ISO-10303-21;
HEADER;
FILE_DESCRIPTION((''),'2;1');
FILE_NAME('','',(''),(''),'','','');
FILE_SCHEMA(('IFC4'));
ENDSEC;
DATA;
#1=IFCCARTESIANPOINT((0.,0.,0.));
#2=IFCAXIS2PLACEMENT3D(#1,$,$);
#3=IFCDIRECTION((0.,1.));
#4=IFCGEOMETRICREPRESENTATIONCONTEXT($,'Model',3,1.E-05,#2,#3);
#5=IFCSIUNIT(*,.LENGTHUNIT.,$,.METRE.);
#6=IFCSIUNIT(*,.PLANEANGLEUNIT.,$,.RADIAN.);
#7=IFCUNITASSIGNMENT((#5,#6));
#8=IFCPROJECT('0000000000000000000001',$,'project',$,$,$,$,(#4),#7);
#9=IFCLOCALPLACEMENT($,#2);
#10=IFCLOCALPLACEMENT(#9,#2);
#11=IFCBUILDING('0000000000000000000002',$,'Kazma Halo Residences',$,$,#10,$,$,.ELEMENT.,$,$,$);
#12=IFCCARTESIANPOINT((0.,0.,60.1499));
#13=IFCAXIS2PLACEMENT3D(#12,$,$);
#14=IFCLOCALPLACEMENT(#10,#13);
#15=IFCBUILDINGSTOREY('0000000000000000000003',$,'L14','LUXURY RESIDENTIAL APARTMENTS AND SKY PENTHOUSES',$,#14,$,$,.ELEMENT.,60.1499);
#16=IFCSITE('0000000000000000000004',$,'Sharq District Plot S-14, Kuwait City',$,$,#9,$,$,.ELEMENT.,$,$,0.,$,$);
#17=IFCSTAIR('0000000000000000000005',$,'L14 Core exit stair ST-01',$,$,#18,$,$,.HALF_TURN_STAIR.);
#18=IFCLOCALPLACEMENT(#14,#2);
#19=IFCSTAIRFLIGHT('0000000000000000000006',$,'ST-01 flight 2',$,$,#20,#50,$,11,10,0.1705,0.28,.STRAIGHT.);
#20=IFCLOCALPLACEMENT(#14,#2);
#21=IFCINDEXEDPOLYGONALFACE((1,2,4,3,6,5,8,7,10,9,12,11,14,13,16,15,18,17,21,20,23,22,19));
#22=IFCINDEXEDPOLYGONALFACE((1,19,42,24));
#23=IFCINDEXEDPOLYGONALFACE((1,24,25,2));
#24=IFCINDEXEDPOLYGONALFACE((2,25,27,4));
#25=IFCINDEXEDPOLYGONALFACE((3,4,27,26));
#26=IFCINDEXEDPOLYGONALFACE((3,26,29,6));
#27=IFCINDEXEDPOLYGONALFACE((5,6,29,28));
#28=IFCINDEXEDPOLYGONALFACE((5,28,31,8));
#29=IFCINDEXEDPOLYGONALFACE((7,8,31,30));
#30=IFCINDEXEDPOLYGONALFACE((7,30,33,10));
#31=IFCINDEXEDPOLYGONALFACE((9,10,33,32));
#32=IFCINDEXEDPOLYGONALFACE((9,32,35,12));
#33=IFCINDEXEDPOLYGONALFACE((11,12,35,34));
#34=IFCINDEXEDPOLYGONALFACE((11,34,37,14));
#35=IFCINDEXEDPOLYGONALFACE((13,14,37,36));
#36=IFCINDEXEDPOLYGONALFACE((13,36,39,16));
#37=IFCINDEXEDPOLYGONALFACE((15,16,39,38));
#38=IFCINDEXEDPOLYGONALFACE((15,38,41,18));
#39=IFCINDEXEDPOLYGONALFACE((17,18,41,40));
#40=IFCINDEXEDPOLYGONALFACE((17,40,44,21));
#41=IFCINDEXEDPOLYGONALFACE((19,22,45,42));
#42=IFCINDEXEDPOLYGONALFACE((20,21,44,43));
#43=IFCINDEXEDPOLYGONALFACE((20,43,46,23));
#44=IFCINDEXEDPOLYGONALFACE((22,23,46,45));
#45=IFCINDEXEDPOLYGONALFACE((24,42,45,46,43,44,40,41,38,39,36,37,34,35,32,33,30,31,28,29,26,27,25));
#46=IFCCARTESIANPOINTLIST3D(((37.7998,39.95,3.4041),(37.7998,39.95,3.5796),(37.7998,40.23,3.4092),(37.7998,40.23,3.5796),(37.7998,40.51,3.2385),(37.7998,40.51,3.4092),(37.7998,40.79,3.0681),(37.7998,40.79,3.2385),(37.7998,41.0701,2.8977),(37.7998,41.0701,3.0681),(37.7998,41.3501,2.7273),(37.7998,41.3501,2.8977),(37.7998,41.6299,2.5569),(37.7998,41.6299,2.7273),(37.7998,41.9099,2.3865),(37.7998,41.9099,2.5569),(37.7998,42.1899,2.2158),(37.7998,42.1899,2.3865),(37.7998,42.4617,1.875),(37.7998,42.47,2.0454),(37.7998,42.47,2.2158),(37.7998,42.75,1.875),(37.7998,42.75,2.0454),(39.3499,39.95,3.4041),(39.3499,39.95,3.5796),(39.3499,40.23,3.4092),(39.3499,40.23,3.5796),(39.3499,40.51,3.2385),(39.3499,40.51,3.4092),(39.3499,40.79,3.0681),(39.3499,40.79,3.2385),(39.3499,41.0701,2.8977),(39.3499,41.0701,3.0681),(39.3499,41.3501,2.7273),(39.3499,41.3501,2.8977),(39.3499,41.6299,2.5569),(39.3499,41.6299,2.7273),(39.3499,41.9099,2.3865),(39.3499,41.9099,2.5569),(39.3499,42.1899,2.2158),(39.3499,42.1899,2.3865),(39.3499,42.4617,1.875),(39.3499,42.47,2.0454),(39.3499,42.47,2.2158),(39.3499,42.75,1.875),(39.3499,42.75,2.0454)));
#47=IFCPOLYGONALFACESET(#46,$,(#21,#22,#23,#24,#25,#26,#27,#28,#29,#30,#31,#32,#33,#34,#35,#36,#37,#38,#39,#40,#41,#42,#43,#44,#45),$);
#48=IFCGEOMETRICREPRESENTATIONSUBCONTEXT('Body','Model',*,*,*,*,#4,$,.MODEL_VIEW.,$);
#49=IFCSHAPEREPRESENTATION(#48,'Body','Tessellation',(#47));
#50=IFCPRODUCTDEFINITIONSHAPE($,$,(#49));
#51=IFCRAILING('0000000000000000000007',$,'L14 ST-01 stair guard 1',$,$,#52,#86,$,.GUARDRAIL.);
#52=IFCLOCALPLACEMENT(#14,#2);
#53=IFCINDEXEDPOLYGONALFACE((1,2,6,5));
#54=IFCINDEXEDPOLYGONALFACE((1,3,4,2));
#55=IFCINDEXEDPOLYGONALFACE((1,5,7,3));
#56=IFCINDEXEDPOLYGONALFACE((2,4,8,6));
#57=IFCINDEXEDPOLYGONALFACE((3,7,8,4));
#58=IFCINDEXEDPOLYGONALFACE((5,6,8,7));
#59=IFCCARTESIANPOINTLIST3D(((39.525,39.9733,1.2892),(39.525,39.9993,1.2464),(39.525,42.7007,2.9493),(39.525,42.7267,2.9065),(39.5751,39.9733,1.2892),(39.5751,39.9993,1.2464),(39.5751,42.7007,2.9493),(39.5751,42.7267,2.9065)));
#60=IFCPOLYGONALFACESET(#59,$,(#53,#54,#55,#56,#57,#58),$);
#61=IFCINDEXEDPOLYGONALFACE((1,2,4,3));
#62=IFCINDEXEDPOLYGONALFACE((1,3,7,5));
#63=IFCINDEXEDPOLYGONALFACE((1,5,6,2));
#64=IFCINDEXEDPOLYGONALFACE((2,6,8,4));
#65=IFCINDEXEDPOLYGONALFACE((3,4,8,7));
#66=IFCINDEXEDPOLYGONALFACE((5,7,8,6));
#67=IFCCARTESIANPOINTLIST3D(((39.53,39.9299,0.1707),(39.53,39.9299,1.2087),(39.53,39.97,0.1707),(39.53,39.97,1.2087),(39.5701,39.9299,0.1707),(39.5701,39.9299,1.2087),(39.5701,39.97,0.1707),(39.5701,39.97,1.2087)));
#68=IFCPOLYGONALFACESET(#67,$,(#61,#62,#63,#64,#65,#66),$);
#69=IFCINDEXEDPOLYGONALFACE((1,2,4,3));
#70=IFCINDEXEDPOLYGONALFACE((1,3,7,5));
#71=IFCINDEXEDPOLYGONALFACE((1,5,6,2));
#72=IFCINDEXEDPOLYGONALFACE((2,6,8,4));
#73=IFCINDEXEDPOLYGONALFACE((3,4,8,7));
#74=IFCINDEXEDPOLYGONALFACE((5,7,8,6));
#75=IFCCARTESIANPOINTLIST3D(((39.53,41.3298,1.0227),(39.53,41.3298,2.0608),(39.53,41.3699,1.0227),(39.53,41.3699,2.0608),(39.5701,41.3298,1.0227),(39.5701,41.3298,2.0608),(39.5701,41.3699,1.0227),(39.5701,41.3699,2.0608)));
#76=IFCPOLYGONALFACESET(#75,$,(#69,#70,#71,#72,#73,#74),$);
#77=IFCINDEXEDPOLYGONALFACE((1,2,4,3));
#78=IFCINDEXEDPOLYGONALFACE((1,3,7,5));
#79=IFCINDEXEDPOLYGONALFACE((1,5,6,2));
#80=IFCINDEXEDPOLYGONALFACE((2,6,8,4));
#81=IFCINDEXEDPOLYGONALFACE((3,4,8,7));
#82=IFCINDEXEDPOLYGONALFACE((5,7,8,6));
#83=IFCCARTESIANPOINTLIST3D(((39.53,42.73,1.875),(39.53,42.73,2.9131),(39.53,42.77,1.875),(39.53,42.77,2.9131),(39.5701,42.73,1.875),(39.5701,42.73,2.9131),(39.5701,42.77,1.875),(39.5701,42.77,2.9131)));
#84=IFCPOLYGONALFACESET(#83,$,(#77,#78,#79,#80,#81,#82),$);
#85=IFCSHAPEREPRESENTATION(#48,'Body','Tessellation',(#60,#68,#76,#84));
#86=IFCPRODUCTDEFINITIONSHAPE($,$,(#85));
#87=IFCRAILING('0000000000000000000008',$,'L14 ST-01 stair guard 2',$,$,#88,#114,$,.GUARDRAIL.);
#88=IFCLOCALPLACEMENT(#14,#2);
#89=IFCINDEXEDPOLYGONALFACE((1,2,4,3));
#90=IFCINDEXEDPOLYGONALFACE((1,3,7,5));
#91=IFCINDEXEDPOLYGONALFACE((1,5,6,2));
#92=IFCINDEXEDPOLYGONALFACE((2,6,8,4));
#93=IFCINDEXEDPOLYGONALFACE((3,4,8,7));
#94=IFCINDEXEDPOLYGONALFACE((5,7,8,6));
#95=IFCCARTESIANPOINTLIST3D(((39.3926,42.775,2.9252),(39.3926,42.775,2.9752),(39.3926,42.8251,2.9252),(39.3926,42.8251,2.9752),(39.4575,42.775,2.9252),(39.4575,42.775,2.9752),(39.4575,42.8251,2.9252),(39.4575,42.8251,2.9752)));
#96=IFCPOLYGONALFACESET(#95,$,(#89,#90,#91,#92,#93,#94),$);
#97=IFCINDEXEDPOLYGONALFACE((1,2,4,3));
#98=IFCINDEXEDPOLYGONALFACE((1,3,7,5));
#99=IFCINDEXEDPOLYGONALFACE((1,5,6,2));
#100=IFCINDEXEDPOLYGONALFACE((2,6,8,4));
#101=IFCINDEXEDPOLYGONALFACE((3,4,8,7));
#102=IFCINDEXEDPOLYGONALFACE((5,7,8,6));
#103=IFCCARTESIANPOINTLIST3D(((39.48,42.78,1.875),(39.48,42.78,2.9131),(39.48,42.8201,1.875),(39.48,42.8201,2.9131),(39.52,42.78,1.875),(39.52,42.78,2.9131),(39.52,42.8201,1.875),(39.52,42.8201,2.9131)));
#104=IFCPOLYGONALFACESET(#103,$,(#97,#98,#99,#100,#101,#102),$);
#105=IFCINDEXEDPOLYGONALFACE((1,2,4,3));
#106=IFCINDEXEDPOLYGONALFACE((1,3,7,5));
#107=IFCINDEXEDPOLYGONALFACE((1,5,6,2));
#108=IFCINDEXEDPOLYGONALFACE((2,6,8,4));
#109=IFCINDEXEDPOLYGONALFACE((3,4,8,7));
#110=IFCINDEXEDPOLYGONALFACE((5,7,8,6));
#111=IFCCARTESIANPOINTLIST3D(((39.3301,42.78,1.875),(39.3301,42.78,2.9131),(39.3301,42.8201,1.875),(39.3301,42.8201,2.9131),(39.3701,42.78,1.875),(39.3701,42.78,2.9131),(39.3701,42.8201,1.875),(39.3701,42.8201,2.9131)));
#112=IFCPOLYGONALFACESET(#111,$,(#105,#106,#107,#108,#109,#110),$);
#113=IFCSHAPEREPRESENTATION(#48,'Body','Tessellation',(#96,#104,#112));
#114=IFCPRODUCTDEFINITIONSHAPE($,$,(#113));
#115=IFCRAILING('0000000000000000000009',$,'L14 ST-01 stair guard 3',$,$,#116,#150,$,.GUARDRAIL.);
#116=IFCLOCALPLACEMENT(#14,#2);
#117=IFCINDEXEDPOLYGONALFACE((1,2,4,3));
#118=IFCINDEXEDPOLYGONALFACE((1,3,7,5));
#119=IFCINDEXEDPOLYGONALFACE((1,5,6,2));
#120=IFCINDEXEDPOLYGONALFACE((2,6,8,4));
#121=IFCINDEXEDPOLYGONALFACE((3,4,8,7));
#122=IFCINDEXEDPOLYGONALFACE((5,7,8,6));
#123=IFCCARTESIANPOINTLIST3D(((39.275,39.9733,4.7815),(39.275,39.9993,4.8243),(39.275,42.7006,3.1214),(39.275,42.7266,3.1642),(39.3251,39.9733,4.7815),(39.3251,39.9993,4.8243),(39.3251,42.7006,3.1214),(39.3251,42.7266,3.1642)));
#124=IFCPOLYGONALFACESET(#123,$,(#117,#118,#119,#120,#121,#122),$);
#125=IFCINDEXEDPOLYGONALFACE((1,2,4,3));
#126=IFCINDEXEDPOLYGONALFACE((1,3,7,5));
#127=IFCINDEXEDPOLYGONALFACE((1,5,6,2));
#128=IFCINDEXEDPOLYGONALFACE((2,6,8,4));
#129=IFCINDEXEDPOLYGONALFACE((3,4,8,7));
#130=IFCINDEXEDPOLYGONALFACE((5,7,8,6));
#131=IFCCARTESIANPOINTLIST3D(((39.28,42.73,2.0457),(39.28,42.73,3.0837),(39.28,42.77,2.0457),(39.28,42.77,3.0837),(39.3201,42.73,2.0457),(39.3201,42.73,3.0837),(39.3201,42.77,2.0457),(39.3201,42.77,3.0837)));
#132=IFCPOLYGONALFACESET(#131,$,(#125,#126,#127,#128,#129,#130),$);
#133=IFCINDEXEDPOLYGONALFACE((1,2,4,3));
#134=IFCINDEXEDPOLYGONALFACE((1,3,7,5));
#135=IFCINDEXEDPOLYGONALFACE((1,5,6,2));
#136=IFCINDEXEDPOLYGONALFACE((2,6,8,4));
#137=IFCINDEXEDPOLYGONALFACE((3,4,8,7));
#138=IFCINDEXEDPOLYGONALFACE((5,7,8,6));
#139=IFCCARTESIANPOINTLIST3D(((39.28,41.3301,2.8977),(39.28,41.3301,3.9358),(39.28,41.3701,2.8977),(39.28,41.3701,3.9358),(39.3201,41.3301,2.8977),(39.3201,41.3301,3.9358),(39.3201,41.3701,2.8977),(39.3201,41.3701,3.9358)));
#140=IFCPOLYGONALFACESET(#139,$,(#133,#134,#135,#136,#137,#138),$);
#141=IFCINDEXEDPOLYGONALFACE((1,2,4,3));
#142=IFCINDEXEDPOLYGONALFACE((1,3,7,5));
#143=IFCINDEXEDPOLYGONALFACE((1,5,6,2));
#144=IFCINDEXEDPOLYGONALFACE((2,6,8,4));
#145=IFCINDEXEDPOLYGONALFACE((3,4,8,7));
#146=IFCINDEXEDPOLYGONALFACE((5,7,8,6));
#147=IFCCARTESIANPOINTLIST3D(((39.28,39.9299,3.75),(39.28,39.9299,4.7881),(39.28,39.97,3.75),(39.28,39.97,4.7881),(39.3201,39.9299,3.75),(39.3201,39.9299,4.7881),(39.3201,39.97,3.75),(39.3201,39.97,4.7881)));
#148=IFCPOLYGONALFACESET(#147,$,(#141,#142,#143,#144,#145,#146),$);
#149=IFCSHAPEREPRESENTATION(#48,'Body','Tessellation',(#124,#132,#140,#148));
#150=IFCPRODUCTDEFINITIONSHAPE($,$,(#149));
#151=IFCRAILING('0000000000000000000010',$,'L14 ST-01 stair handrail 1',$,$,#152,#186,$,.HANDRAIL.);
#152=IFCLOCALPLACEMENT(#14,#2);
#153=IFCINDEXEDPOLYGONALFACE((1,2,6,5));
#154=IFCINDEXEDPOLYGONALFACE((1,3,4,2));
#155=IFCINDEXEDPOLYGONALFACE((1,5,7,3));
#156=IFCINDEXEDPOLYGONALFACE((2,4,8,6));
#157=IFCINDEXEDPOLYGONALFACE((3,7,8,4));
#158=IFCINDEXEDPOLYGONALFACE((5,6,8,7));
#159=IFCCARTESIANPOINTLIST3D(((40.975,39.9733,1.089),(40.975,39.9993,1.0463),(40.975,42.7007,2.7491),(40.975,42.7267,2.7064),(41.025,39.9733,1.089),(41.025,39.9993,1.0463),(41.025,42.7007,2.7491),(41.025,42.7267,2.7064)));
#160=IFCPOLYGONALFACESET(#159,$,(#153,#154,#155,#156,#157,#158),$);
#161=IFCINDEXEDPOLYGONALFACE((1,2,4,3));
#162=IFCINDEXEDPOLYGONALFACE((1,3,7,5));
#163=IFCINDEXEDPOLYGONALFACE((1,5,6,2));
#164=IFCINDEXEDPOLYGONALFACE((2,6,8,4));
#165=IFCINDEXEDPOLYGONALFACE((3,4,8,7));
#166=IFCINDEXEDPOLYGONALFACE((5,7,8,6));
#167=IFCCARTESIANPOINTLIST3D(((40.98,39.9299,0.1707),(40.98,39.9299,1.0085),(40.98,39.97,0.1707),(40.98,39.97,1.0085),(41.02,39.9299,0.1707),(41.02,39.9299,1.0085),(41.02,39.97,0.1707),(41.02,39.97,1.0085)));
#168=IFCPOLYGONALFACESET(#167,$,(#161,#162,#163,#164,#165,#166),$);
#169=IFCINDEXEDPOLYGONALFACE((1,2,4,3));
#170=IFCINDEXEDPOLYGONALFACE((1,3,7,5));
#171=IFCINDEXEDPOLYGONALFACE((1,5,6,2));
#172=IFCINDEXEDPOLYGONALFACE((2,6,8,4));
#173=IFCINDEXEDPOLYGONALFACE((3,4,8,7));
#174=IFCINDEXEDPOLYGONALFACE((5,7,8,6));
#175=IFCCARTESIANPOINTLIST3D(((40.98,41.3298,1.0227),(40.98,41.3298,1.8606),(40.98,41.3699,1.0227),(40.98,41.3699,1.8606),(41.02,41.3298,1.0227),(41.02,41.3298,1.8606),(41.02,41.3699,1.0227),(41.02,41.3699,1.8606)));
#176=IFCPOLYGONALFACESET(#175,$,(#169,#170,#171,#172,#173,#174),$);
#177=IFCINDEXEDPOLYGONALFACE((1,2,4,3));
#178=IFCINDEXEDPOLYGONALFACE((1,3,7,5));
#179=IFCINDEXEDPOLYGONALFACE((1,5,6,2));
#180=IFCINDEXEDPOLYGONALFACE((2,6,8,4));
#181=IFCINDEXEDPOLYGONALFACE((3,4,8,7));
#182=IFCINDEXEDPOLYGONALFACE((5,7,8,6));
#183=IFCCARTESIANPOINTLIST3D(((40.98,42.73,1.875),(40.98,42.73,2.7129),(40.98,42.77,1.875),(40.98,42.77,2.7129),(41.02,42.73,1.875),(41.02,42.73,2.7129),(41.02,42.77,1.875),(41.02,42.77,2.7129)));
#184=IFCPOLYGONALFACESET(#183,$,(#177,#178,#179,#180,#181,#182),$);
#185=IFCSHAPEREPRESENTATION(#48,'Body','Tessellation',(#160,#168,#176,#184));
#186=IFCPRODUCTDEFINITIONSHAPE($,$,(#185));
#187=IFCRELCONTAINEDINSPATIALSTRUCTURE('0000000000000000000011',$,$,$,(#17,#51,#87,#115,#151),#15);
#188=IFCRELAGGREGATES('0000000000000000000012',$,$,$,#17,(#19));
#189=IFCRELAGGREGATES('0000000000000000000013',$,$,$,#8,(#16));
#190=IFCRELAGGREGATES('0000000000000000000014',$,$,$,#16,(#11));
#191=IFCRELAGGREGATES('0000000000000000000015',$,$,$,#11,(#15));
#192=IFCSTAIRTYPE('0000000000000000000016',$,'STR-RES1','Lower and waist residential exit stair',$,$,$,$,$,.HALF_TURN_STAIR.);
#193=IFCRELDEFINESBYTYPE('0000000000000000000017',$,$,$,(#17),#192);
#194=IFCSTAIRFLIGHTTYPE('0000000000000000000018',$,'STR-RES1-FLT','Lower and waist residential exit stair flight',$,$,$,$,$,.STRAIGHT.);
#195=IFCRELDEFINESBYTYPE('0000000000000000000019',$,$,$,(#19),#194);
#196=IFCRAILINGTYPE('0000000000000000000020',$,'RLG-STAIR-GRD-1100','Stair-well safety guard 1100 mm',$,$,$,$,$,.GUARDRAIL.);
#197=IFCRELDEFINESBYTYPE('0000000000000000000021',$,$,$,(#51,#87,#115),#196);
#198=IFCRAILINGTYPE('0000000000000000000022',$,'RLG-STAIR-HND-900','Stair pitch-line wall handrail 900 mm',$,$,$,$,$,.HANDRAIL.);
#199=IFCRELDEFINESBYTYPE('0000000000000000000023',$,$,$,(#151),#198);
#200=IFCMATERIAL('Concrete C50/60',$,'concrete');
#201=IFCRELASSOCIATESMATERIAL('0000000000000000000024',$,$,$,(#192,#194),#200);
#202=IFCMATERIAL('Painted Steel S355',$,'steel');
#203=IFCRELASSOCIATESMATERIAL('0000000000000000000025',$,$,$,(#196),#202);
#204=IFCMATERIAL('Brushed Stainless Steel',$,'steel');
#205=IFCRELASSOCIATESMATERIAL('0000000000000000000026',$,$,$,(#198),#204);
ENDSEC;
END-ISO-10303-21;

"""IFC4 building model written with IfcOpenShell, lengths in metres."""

from ifc_helpers import new_model, si_unit, direction, frame, origin, origin_2d, place, context, subcontext, project, spatial, polyline, rectangle, outline, extrude, material, type_object, element, aggregate, save


model = new_model("IFC4")

# Units and contexts
model_context = context("Model", 3, precision=1e-05, world=origin(), true_north=direction((0.0, 1.0)))
body_context = subcontext(model_context, "Body", "Model", "MODEL_VIEW")
ifc_project = project(units=[si_unit("LENGTHUNIT", "METRE"), si_unit("PLANEANGLEUNIT", "RADIAN")], contexts=[model_context])

# Site, building, storey
site_placement = place(None, origin())
site = spatial("IfcSite", under=ifc_project, at=site_placement, Name="Sharq District Plot S-14, Kuwait City", CompositionType="ELEMENT", RefElevation=0.0)
building_placement = place(site_placement, origin())
building = spatial("IfcBuilding", under=site, at=building_placement, Name="Kazma Halo Residences", CompositionType="ELEMENT")
storey_placement = place(building_placement, frame((0.0, 0.0, 60.1499)))
storey = spatial("IfcBuildingStorey", under=building, at=storey_placement, Name="L14", Description="LUXURY RESIDENTIAL APARTMENTS AND SKY PENTHOUSES", CompositionType="ELEMENT", Elevation=60.1499)

# Stair, stair flight
ifc_material_1 = material(Name="Concrete C50/60", Category="concrete")
stair_type = type_object("IfcStairType", Name="STR-RES1", Description="Lower and waist residential exit stair", PredefinedType="HALF_TURN_STAIR", material=ifc_material_1)
stair_placement = place(storey_placement, origin())
stair = element("IfcStair", 1, at=stair_placement, inside=storey, type_object=stair_type, Name="L14 Core exit stair ST-01", PredefinedType="HALF_TURN_STAIR")
stair_flight_type = type_object("IfcStairFlightType", Name="STR-RES1-FLT", Description="Lower and waist residential exit stair flight", PredefinedType="STRAIGHT", material=ifc_material_1)
stair_flight_1_placement = place(storey_placement, frame((38.575, 42.75, 1.875), z_axis=(0.0, 0.0, 1.0), x_axis=(0.0, -1.0, 0.0)))
stair_flight_1 = element("IfcStairFlight", 2, at=stair_flight_1_placement, type_object=stair_flight_type, Name="ST-01 flight 2", NumberOfRisers=11, NumberOfTreads=10, PredefinedType="STRAIGHT", RiserHeight=0.1705, TreadLength=0.28, context=body_context, shape_type="SweptSolid", body=[
    extrude(outline(polyline([(0.0, 0.0), (0.0, 0.1704), (0.28, 0.1704), (0.28, 0.3408), (0.5601, 0.3408), (0.5601, 0.5115), (0.8401, 0.5115), (0.8401, 0.6819), (1.1201, 0.6819), (1.1201, 0.8523), (1.3999, 0.8523), (1.3999, 1.0227), (1.6799, 1.0227), (1.6799, 1.1931), (1.96, 1.1931), (1.96, 1.3635), (2.24, 1.3635), (2.24, 1.5342), (2.52, 1.5342), (2.52, 1.7046), (2.8, 1.7046), (2.8, 1.875), (2.8, 1.5291), (0.2883, 0.0), (0.0, 0.0)])), frame((0.0, 0.7749, 0.0), z_axis=(0.0, -1.0, 0.0), x_axis=(1.0, 0.0, 0.0)), (0.0, 0.0, 1.0), 1.55),
])
aggregate(stair, [stair_flight_1])

# Railings
ifc_material_2 = material(Name="Painted Steel S355", Category="steel")
railing_type_1 = type_object("IfcRailingType", Name="RLG-STAIR-GRD-1100", Description="Stair-well safety guard 1100 mm", PredefinedType="GUARDRAIL", material=ifc_material_2)
railing_1_placement = place(storey_placement, frame((39.55, 39.95, 0.1707)))
element("IfcRailing", 3, at=railing_1_placement, inside=storey, type_object=railing_type_1, Name="L14 ST-01 stair guard 1", PredefinedType="GUARDRAIL", context=body_context, shape_type="SweptSolid", body=[
    extrude(rectangle(XDim=0.05, YDim=0.05, at=origin_2d()), frame((0.0, 0.0364, 1.0972), z_axis=(0.0, 0.854203, 0.51994), x_axis=(-1.0, 0.0, 0.0)), (0.0, 0.0, 1.0), 3.1929),
    extrude(rectangle(XDim=0.04, YDim=0.04, at=origin_2d()), origin(), (0.0, 0.0, 1.0), 1.0381),
    extrude(rectangle(XDim=0.04, YDim=0.04, at=origin_2d()), frame((0.0, 1.3999, 0.8521)), (0.0, 0.0, 1.0), 1.0381),
    extrude(rectangle(XDim=0.04, YDim=0.04, at=origin_2d()), frame((0.0, 2.8, 1.7043)), (0.0, 0.0, 1.0), 1.0381),
])
railing_2_placement = place(storey_placement, frame((39.5, 42.8, 1.875)))
element("IfcRailing", 4, at=railing_2_placement, inside=storey, type_object=railing_type_1, Name="L14 ST-01 stair guard 2", PredefinedType="GUARDRAIL", context=body_context, shape_type="SweptSolid", body=[
    extrude(rectangle(XDim=0.05, YDim=0.05, at=origin_2d()), frame((-0.0425, 0.0, 1.0752), z_axis=(-1.0, 0.0, 0.0), x_axis=(0.0, -1.0, 0.0)), (0.0, 0.0, 1.0), 0.0649),
    extrude(rectangle(XDim=0.04, YDim=0.04, at=origin_2d()), origin(), (0.0, 0.0, 1.0), 1.0381),
    extrude(rectangle(XDim=0.04, YDim=0.04, at=origin_2d()), frame((-0.1499, 0.0, 0.0)), (0.0, 0.0, 1.0), 1.0381),
])
railing_3_placement = place(storey_placement, frame((39.3, 42.75, 2.0457)))
element("IfcRailing", 5, at=railing_3_placement, inside=storey, type_object=railing_type_1, Name="L14 ST-01 stair guard 3", PredefinedType="GUARDRAIL", context=body_context, shape_type="SweptSolid", body=[
    extrude(rectangle(XDim=0.05, YDim=0.05, at=origin_2d()), frame((0.0, -0.0364, 1.0972), z_axis=(0.0, -0.854203, 0.51994), x_axis=(1.0, 0.0, 0.0)), (0.0, 0.0, 1.0), 3.1929),
    extrude(rectangle(XDim=0.04, YDim=0.04, at=origin_2d()), origin(), (0.0, 0.0, 1.0), 1.0381),
    extrude(rectangle(XDim=0.04, YDim=0.04, at=origin_2d()), frame((0.0, -1.3999, 0.8521)), (0.0, 0.0, 1.0), 1.0381),
    extrude(rectangle(XDim=0.04, YDim=0.04, at=origin_2d()), frame((0.0, -2.8, 1.7043)), (0.0, 0.0, 1.0), 1.0381),
])
ifc_material_3 = material(Name="Brushed Stainless Steel", Category="steel")
railing_type_2 = type_object("IfcRailingType", Name="RLG-STAIR-HND-900", Description="Stair pitch-line wall handrail 900 mm", PredefinedType="HANDRAIL", material=ifc_material_3)
railing_4_placement = place(storey_placement, frame((41.0, 39.95, 0.1707)))
element("IfcRailing", 6, at=railing_4_placement, inside=storey, type_object=railing_type_2, Name="L14 ST-01 stair handrail 1", PredefinedType="HANDRAIL", context=body_context, shape_type="SweptSolid", body=[
    extrude(rectangle(XDim=0.05, YDim=0.05, at=origin_2d()), frame((0.0, 0.0364, 0.897), z_axis=(0.0, 0.854203, 0.51994), x_axis=(-1.0, 0.0, 0.0)), (0.0, 0.0, 1.0), 3.1929),
    extrude(rectangle(XDim=0.04, YDim=0.04, at=origin_2d()), origin(), (0.0, 0.0, 1.0), 0.8379),
    extrude(rectangle(XDim=0.04, YDim=0.04, at=origin_2d()), frame((0.0, 1.3999, 0.8521)), (0.0, 0.0, 1.0), 0.8379),
    extrude(rectangle(XDim=0.04, YDim=0.04, at=origin_2d()), frame((0.0, 2.8, 1.7043)), (0.0, 0.0, 1.0), 0.8379),
])

save(model, "model.ifc")
